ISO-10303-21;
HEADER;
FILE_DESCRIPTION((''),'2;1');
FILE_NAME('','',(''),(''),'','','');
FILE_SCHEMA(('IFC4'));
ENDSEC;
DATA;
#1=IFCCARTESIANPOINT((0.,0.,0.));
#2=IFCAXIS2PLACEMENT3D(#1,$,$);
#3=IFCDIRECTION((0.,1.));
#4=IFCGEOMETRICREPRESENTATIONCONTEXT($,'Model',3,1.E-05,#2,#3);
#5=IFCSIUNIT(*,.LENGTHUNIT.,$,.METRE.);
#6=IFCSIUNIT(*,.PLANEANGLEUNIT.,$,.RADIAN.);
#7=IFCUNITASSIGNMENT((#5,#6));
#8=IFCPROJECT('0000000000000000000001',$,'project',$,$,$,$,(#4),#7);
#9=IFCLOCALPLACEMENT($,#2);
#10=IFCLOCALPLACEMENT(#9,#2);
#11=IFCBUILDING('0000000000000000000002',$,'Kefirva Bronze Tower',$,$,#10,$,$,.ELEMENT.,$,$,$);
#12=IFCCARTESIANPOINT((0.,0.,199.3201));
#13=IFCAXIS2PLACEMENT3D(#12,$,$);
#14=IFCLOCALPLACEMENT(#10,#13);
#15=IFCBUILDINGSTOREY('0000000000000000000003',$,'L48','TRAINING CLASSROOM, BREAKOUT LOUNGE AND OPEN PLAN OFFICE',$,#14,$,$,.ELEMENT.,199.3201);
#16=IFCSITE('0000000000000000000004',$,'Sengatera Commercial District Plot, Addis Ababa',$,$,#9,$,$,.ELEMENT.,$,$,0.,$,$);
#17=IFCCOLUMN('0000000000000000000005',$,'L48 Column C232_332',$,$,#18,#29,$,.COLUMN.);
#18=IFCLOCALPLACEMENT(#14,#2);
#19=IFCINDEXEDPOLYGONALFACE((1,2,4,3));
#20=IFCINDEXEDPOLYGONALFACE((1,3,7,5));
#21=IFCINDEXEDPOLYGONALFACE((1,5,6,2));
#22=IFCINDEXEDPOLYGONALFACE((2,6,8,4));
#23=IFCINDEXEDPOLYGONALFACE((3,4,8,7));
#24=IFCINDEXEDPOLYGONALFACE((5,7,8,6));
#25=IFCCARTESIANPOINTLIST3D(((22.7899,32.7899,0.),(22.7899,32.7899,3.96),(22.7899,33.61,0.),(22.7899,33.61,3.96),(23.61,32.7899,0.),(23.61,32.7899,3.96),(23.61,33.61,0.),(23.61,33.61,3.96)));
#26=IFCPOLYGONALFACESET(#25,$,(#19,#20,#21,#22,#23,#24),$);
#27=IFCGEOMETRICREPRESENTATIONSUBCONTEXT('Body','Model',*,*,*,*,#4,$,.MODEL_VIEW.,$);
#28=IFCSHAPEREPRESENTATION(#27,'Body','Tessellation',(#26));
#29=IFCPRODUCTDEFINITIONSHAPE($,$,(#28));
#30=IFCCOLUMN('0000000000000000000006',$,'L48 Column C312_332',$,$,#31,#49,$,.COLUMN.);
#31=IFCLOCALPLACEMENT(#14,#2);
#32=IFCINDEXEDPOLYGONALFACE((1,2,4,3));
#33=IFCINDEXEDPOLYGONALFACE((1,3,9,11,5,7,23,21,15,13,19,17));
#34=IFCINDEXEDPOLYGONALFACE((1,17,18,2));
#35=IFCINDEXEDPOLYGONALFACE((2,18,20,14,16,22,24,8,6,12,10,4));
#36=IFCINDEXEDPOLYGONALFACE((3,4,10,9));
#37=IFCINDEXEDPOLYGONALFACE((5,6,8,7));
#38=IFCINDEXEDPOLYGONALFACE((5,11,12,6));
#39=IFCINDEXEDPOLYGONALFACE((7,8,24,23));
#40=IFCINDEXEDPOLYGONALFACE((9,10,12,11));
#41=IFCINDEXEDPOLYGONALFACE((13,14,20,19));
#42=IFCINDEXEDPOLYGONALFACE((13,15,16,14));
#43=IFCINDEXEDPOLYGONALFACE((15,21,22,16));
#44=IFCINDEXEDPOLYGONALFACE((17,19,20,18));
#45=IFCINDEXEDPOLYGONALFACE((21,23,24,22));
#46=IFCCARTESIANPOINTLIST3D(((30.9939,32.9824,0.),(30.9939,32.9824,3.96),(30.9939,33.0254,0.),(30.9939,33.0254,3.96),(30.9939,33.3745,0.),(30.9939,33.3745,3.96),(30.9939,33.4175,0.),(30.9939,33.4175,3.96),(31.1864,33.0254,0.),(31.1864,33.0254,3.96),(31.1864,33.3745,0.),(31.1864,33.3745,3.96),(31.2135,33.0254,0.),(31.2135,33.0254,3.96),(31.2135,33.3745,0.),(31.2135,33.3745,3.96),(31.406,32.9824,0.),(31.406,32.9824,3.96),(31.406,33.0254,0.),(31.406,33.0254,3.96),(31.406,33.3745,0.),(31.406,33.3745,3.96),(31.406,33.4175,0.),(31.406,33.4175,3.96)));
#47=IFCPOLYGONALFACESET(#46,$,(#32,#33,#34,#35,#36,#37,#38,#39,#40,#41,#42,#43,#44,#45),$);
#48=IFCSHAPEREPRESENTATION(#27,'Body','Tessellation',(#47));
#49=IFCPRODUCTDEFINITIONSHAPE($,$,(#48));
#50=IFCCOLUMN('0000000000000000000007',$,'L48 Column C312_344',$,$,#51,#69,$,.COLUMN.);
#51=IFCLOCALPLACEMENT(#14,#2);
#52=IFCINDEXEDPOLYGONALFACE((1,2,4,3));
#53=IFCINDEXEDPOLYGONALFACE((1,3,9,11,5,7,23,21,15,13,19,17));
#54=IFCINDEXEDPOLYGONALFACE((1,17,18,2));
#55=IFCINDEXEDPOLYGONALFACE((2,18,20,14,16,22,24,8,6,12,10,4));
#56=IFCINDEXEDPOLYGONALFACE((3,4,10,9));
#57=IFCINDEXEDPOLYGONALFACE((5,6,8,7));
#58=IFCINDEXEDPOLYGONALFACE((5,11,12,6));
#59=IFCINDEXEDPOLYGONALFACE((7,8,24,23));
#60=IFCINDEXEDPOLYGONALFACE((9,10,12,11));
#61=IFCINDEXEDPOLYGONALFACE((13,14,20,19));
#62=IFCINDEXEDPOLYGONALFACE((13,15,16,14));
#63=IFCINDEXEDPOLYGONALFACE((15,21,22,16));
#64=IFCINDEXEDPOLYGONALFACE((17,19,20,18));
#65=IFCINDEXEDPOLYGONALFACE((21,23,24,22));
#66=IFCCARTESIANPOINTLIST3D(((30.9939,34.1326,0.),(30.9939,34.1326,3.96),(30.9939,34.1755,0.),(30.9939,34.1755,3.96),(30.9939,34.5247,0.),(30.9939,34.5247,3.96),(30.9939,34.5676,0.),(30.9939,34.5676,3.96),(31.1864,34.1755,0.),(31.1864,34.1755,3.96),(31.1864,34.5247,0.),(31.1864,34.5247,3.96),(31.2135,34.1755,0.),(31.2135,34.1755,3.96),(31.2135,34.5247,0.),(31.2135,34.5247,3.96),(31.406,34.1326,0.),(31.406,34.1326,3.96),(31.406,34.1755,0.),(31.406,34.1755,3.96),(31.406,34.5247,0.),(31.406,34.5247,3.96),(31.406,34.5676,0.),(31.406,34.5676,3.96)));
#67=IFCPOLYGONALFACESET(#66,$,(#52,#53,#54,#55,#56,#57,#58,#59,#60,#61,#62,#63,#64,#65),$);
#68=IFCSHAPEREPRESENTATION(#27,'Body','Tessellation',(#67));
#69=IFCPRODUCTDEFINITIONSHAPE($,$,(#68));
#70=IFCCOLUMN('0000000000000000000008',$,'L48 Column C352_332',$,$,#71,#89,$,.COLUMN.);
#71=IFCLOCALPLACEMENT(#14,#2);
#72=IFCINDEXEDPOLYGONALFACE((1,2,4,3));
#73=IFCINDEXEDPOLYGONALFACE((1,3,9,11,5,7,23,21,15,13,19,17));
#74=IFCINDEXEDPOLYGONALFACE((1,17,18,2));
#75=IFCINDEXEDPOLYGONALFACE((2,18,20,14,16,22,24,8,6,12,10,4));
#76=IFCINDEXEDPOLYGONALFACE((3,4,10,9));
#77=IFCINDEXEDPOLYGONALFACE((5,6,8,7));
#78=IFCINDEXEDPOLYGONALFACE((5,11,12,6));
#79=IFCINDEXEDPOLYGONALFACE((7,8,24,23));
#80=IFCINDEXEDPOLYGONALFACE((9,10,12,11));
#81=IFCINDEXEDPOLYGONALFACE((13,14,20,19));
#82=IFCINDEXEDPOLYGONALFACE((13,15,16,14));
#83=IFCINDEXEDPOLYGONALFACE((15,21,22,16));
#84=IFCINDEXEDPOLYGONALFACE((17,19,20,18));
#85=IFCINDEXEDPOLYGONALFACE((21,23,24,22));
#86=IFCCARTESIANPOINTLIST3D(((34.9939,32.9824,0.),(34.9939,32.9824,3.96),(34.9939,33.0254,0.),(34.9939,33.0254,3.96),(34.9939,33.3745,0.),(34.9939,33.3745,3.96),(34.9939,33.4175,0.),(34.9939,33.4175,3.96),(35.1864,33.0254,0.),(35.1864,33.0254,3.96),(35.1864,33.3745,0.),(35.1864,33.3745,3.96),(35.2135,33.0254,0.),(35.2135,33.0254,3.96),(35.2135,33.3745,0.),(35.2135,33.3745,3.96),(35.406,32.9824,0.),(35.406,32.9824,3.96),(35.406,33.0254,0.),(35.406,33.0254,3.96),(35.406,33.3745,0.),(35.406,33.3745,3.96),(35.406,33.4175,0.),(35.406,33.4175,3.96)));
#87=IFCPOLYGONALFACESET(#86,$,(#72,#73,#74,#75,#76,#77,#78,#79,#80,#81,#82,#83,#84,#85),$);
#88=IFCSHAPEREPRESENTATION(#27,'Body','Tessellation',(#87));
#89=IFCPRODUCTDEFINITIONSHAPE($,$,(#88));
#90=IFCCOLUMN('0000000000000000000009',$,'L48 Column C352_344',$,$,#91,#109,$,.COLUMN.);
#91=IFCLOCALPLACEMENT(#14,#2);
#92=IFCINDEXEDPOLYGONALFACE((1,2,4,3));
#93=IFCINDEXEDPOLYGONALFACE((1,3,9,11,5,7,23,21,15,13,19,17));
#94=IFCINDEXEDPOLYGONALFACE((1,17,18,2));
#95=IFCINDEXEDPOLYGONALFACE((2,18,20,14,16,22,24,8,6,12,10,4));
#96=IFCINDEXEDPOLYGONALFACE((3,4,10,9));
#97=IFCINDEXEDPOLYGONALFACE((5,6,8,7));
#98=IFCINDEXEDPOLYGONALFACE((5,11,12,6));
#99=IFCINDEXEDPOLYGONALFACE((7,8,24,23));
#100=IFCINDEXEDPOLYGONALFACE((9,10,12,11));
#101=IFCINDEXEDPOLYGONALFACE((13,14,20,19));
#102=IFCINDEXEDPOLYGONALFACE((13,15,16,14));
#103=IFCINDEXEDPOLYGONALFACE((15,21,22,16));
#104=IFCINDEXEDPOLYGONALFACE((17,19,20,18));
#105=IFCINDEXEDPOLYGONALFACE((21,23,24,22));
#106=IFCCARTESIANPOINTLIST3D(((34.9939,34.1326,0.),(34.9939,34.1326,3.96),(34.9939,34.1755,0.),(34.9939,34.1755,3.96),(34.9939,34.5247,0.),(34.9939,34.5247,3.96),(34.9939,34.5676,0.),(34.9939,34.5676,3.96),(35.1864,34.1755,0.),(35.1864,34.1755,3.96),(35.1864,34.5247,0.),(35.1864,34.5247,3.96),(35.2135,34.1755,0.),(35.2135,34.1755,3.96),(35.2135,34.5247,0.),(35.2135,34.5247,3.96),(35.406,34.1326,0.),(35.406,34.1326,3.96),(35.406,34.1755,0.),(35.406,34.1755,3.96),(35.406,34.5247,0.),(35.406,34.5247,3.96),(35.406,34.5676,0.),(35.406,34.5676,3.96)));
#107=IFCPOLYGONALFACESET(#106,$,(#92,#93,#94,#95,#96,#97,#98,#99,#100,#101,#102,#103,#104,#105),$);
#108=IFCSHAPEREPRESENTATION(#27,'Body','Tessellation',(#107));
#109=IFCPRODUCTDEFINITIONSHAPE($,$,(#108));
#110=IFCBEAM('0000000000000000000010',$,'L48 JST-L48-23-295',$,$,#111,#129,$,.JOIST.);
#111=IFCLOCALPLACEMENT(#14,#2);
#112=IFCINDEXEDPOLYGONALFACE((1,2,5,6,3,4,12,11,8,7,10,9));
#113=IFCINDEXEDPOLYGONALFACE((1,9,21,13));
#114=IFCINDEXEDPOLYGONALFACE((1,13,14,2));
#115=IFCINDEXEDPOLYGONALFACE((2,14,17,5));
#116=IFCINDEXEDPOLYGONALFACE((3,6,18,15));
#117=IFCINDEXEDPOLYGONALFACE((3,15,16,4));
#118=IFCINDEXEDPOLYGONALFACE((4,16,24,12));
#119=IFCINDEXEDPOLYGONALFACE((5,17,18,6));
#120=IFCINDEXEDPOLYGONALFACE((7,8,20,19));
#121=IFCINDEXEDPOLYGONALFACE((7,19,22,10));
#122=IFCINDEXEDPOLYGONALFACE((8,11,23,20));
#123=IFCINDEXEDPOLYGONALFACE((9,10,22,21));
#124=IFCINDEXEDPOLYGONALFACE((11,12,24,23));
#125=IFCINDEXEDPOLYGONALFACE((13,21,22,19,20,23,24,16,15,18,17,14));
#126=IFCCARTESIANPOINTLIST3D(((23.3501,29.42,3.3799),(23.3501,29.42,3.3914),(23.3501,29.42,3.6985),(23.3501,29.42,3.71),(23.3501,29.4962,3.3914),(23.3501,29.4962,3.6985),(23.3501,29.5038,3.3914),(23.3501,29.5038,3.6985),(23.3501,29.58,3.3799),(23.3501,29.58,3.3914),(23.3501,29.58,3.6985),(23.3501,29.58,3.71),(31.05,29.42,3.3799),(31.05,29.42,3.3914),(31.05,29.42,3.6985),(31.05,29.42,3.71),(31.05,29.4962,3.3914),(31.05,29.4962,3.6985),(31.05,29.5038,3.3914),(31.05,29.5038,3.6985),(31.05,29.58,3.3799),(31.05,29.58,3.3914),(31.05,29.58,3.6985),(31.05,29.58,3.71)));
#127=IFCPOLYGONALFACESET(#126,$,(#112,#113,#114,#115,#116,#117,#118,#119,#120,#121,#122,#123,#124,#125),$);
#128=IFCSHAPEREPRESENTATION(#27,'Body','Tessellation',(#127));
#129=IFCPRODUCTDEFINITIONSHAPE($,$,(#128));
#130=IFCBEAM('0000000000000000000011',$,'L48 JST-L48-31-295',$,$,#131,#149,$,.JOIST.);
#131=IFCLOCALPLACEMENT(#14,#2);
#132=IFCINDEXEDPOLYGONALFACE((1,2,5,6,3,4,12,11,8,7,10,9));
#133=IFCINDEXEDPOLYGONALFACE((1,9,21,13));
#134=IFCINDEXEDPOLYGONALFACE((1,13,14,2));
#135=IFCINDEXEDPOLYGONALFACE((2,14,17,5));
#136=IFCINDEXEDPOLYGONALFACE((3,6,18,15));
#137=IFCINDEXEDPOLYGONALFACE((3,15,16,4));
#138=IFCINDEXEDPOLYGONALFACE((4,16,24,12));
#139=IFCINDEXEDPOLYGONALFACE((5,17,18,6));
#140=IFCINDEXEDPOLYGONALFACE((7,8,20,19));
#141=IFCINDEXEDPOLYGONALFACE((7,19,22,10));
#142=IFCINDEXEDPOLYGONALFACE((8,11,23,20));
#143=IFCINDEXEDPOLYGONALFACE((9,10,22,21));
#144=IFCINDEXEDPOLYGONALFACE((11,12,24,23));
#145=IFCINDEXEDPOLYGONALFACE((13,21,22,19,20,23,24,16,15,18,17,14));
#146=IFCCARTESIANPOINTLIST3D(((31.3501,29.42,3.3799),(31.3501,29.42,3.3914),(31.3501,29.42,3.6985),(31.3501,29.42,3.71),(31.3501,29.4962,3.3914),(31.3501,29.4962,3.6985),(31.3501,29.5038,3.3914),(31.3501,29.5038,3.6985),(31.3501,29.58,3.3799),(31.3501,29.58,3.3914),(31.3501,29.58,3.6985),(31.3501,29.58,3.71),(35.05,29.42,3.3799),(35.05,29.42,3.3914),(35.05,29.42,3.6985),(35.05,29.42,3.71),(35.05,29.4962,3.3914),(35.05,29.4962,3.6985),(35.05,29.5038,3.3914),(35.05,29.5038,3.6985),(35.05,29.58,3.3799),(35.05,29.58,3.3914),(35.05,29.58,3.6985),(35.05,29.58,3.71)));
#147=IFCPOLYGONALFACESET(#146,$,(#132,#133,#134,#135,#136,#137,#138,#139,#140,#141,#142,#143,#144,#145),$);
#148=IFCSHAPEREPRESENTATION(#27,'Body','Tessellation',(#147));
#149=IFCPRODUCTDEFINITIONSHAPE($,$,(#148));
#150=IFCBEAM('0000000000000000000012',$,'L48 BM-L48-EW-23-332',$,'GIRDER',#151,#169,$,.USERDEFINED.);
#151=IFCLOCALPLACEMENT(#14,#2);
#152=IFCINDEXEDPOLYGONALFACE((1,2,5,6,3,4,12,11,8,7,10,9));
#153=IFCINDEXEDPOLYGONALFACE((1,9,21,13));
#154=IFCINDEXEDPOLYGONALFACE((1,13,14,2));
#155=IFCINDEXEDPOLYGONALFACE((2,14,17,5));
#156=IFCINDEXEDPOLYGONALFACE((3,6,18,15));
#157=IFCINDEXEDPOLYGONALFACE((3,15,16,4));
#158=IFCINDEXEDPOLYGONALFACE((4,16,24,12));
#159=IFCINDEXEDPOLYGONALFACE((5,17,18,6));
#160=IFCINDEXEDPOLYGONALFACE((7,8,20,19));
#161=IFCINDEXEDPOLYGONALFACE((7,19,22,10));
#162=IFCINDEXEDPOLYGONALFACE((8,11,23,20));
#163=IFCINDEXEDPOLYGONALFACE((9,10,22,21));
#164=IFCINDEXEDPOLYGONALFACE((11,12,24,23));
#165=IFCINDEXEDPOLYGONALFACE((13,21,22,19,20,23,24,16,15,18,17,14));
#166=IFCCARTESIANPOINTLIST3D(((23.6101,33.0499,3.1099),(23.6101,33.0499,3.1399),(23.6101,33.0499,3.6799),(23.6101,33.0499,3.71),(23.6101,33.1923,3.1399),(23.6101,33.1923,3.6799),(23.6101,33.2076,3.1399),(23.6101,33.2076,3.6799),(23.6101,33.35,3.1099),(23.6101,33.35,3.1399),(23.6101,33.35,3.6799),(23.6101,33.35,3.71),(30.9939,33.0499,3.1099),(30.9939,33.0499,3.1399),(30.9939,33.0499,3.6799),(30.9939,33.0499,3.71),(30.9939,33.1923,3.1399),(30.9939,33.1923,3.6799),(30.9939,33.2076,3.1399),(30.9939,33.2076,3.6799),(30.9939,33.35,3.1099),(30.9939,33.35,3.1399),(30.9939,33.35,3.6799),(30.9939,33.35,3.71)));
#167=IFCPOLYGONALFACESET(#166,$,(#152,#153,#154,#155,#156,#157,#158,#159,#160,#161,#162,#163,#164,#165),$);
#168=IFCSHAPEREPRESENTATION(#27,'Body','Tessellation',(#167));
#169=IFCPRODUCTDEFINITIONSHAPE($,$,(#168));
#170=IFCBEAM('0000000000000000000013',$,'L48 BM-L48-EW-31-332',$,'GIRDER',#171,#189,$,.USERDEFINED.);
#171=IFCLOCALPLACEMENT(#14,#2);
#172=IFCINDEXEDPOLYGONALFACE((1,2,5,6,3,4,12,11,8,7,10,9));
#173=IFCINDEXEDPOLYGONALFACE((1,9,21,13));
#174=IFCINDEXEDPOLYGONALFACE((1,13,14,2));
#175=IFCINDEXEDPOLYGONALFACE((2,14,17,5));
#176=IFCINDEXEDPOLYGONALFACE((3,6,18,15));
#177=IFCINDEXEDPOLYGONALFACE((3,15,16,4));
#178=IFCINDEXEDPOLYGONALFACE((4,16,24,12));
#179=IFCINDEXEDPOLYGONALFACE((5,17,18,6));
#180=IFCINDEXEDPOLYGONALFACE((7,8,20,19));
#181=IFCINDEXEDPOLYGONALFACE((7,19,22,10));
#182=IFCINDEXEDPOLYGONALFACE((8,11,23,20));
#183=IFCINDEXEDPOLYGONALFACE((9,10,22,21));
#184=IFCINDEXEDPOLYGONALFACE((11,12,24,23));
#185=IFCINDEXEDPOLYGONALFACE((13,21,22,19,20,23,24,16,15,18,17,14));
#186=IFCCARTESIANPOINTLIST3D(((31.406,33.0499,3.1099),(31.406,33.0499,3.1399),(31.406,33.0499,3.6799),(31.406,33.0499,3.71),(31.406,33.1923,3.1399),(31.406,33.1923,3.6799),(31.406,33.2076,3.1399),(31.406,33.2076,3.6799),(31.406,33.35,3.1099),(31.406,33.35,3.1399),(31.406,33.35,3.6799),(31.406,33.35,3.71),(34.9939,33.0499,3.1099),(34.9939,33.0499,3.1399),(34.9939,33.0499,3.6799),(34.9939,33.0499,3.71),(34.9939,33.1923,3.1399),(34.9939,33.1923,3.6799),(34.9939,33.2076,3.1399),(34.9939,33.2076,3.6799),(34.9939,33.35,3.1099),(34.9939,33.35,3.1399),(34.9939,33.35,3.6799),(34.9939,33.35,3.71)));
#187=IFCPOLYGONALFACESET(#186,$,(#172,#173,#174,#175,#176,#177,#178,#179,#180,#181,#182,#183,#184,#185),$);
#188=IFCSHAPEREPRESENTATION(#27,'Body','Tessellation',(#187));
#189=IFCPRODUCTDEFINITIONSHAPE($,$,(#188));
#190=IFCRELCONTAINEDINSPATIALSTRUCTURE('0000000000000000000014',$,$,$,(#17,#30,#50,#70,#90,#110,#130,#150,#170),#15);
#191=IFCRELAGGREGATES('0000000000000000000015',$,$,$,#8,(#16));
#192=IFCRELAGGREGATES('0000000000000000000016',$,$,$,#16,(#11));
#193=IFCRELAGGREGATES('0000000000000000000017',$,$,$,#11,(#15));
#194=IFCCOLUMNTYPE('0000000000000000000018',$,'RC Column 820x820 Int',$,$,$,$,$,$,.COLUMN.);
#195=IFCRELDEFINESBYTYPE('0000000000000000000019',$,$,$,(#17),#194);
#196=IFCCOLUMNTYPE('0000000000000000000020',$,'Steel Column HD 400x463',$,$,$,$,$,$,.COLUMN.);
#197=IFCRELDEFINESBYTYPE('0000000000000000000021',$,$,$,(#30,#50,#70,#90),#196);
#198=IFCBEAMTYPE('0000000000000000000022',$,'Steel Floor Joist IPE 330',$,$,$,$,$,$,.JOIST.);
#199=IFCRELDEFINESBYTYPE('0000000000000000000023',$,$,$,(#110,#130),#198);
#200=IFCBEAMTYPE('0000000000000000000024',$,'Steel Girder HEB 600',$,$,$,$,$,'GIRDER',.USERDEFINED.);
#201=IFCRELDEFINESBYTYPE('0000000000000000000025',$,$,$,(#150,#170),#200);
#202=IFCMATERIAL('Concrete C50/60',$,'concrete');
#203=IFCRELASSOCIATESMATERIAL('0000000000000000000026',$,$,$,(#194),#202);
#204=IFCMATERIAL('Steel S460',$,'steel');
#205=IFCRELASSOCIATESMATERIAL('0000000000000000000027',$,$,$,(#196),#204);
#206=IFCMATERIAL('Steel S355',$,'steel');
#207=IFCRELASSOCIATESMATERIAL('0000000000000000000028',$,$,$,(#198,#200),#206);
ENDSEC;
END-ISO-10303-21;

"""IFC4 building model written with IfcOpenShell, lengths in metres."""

from ifc_helpers import new_model, si_unit, direction, frame, origin, origin_2d, place, context, subcontext, project, spatial, rectangle, i_section, extrude, material, material_profile, profile_set, type_object, element, save


model = new_model("IFC4")

# Units and contexts
model_context = context("Model", 3, precision=1e-05, world=origin(), true_north=direction((0.0, 1.0)))
body_context = subcontext(model_context, "Body", "Model", "MODEL_VIEW")
ifc_project = project(units=[si_unit("LENGTHUNIT", "METRE"), si_unit("PLANEANGLEUNIT", "RADIAN")], contexts=[model_context])

# Site, building, storey
site_placement = place(None, origin())
site = spatial("IfcSite", under=ifc_project, at=site_placement, Name="Sengatera Commercial District Plot, Addis Ababa", CompositionType="ELEMENT", RefElevation=0.0)
building_placement = place(site_placement, origin())
building = spatial("IfcBuilding", under=site, at=building_placement, Name="Kefirva Bronze Tower", CompositionType="ELEMENT")
storey_placement = place(building_placement, frame((0.0, 0.0, 199.3201)))
storey = spatial("IfcBuildingStorey", under=building, at=storey_placement, Name="L48", Description="TRAINING CLASSROOM, BREAKOUT LOUNGE AND OPEN PLAN OFFICE", CompositionType="ELEMENT", Elevation=199.3201)

# Columns
ifc_material_1 = material(Name="Concrete C50/60", Category="concrete")
ifc_material_profile_1 = material_profile(ifc_material_1, rectangle(XDim=0.8201, YDim=0.8201, at=origin_2d()), Name="RC 820x820")
ifc_profile_set_1 = profile_set([ifc_material_profile_1], Name="Concrete C50/60")
column_type_1 = type_object("IfcColumnType", Name="RC Column 820x820 Int", PredefinedType="COLUMN", material=ifc_profile_set_1)
column_placement = place(storey_placement, frame((23.2, 33.2, 0.0), z_axis=(0.0, 0.0, 1.0), x_axis=(1.0, 0.0, 0.0)))
element("IfcColumn", 1, at=column_placement, inside=storey, type_object=column_type_1, Name="L48 Column C232_332", PredefinedType="COLUMN", context=body_context, shape_type="SweptSolid", body=[
    extrude(rectangle(XDim=0.8201, YDim=0.8201, at=origin_2d()), origin(), (0.0, 0.0, 1.0), 3.96),
])
ifc_material_2 = material(Name="Steel S460", Category="steel")
ifc_material_profile_2 = material_profile(ifc_material_2, i_section(OverallWidth=0.4121, OverallDepth=0.4351, WebThickness=0.0271, FlangeThickness=0.043, at=origin_2d()), Name="HD 400x463")
ifc_profile_set_2 = profile_set([ifc_material_profile_2], Name="Steel S460")
column_type_2 = type_object("IfcColumnType", Name="Steel Column HD 400x463", PredefinedType="COLUMN", material=ifc_profile_set_2)
for number, where, z_axis, x_axis, name in (
    (2, (31.2, 33.2, 0.0), (0.0, 0.0, 1.0), (1.0, 0.0, 0.0), "L48 Column C312_332"),
    (3, (31.2, 34.3501, 0.0), (0.0, 0.0, 1.0), (1.0, 0.0, 0.0), "L48 Column C312_344"),
    (4, (35.2, 33.2, 0.0), (0.0, 0.0, 1.0), (1.0, 0.0, 0.0), "L48 Column C352_332"),
    (5, (35.2, 34.3501, 0.0), (0.0, 0.0, 1.0), (1.0, 0.0, 0.0), "L48 Column C352_344"),
):
    element("IfcColumn", number, at=place(storey_placement, frame(where, z_axis=z_axis, x_axis=x_axis)), inside=storey, type_object=column_type_2, Name=name, PredefinedType="COLUMN", context=body_context, shape_type="SweptSolid", body=[
        extrude(i_section(OverallWidth=0.4121, OverallDepth=0.4351, WebThickness=0.0271, FlangeThickness=0.043, at=origin_2d()), origin(), (0.0, 0.0, 1.0), 3.96),
    ])

# Beams
ifc_material_3 = material(Name="Steel S355", Category="steel")
ifc_material_profile_3 = material_profile(ifc_material_3, i_section(OverallWidth=0.1599, OverallDepth=0.3301, WebThickness=0.0076, FlangeThickness=0.0115, at=origin_2d()), Name="IPE 330")
ifc_profile_set_3 = profile_set([ifc_material_profile_3], Name="Steel S355")
beam_type_1 = type_object("IfcBeamType", Name="Steel Floor Joist IPE 330", PredefinedType="JOIST", material=ifc_profile_set_3)
beam_1_placement = place(storey_placement, frame((23.3501, 29.5, 3.5449), z_axis=(1.0, 0.0, 0.0), x_axis=(0.0, 1.0, 0.0)))
element("IfcBeam", 6, at=beam_1_placement, inside=storey, type_object=beam_type_1, Name="L48 JST-L48-23-295", PredefinedType="JOIST", context=body_context, shape_type="SweptSolid", body=[
    extrude(i_section(OverallWidth=0.1599, OverallDepth=0.3301, WebThickness=0.0076, FlangeThickness=0.0115, at=origin_2d()), origin(), (0.0, 0.0, 1.0), 7.7),
])
beam_2_placement = place(storey_placement, frame((31.3501, 29.5, 3.5449), z_axis=(1.0, 0.0, 0.0), x_axis=(0.0, 1.0, 0.0)))
element("IfcBeam", 7, at=beam_2_placement, inside=storey, type_object=beam_type_1, Name="L48 JST-L48-31-295", PredefinedType="JOIST", context=body_context, shape_type="SweptSolid", body=[
    extrude(i_section(OverallWidth=0.1599, OverallDepth=0.3301, WebThickness=0.0076, FlangeThickness=0.0115, at=origin_2d()), origin(), (0.0, 0.0, 1.0), 3.7),
])
ifc_material_profile_4 = material_profile(ifc_material_3, i_section(OverallWidth=0.3, OverallDepth=0.6001, WebThickness=0.0154, FlangeThickness=0.03, at=origin_2d()), Name="HEB 600")
ifc_profile_set_4 = profile_set([ifc_material_profile_4], Name="Steel S355")
beam_type_2 = type_object("IfcBeamType", Name="Steel Girder HEB 600", ElementType="GIRDER", PredefinedType="USERDEFINED", material=ifc_profile_set_4)
beam_3_placement = place(storey_placement, frame((23.6101, 33.2, 3.4099), z_axis=(1.0, 0.0, 0.0), x_axis=(0.0, 1.0, 0.0)))
element("IfcBeam", 8, at=beam_3_placement, inside=storey, type_object=beam_type_2, Name="L48 BM-L48-EW-23-332", ObjectType="GIRDER", PredefinedType="USERDEFINED", context=body_context, shape_type="SweptSolid", body=[
    extrude(i_section(OverallWidth=0.3, OverallDepth=0.6001, WebThickness=0.0154, FlangeThickness=0.03, at=origin_2d()), origin(), (0.0, 0.0, 1.0), 7.3838),
])
for number, where, z_axis, x_axis, name in (
    (9, (31.406, 33.2, 3.4099), (1.0, 0.0, 0.0), (0.0, 1.0, 0.0), "L48 BM-L48-EW-31-332"),
):
    element("IfcBeam", number, at=place(storey_placement, frame(where, z_axis=z_axis, x_axis=x_axis)), inside=storey, type_object=beam_type_2, Name=name, ObjectType="GIRDER", PredefinedType="USERDEFINED", context=body_context, shape_type="SweptSolid", body=[
        extrude(i_section(OverallWidth=0.3, OverallDepth=0.6001, WebThickness=0.0154, FlangeThickness=0.03, at=origin_2d()), origin(), (0.0, 0.0, 1.0), 3.5879),
    ])

save(model, "model.ifc")
